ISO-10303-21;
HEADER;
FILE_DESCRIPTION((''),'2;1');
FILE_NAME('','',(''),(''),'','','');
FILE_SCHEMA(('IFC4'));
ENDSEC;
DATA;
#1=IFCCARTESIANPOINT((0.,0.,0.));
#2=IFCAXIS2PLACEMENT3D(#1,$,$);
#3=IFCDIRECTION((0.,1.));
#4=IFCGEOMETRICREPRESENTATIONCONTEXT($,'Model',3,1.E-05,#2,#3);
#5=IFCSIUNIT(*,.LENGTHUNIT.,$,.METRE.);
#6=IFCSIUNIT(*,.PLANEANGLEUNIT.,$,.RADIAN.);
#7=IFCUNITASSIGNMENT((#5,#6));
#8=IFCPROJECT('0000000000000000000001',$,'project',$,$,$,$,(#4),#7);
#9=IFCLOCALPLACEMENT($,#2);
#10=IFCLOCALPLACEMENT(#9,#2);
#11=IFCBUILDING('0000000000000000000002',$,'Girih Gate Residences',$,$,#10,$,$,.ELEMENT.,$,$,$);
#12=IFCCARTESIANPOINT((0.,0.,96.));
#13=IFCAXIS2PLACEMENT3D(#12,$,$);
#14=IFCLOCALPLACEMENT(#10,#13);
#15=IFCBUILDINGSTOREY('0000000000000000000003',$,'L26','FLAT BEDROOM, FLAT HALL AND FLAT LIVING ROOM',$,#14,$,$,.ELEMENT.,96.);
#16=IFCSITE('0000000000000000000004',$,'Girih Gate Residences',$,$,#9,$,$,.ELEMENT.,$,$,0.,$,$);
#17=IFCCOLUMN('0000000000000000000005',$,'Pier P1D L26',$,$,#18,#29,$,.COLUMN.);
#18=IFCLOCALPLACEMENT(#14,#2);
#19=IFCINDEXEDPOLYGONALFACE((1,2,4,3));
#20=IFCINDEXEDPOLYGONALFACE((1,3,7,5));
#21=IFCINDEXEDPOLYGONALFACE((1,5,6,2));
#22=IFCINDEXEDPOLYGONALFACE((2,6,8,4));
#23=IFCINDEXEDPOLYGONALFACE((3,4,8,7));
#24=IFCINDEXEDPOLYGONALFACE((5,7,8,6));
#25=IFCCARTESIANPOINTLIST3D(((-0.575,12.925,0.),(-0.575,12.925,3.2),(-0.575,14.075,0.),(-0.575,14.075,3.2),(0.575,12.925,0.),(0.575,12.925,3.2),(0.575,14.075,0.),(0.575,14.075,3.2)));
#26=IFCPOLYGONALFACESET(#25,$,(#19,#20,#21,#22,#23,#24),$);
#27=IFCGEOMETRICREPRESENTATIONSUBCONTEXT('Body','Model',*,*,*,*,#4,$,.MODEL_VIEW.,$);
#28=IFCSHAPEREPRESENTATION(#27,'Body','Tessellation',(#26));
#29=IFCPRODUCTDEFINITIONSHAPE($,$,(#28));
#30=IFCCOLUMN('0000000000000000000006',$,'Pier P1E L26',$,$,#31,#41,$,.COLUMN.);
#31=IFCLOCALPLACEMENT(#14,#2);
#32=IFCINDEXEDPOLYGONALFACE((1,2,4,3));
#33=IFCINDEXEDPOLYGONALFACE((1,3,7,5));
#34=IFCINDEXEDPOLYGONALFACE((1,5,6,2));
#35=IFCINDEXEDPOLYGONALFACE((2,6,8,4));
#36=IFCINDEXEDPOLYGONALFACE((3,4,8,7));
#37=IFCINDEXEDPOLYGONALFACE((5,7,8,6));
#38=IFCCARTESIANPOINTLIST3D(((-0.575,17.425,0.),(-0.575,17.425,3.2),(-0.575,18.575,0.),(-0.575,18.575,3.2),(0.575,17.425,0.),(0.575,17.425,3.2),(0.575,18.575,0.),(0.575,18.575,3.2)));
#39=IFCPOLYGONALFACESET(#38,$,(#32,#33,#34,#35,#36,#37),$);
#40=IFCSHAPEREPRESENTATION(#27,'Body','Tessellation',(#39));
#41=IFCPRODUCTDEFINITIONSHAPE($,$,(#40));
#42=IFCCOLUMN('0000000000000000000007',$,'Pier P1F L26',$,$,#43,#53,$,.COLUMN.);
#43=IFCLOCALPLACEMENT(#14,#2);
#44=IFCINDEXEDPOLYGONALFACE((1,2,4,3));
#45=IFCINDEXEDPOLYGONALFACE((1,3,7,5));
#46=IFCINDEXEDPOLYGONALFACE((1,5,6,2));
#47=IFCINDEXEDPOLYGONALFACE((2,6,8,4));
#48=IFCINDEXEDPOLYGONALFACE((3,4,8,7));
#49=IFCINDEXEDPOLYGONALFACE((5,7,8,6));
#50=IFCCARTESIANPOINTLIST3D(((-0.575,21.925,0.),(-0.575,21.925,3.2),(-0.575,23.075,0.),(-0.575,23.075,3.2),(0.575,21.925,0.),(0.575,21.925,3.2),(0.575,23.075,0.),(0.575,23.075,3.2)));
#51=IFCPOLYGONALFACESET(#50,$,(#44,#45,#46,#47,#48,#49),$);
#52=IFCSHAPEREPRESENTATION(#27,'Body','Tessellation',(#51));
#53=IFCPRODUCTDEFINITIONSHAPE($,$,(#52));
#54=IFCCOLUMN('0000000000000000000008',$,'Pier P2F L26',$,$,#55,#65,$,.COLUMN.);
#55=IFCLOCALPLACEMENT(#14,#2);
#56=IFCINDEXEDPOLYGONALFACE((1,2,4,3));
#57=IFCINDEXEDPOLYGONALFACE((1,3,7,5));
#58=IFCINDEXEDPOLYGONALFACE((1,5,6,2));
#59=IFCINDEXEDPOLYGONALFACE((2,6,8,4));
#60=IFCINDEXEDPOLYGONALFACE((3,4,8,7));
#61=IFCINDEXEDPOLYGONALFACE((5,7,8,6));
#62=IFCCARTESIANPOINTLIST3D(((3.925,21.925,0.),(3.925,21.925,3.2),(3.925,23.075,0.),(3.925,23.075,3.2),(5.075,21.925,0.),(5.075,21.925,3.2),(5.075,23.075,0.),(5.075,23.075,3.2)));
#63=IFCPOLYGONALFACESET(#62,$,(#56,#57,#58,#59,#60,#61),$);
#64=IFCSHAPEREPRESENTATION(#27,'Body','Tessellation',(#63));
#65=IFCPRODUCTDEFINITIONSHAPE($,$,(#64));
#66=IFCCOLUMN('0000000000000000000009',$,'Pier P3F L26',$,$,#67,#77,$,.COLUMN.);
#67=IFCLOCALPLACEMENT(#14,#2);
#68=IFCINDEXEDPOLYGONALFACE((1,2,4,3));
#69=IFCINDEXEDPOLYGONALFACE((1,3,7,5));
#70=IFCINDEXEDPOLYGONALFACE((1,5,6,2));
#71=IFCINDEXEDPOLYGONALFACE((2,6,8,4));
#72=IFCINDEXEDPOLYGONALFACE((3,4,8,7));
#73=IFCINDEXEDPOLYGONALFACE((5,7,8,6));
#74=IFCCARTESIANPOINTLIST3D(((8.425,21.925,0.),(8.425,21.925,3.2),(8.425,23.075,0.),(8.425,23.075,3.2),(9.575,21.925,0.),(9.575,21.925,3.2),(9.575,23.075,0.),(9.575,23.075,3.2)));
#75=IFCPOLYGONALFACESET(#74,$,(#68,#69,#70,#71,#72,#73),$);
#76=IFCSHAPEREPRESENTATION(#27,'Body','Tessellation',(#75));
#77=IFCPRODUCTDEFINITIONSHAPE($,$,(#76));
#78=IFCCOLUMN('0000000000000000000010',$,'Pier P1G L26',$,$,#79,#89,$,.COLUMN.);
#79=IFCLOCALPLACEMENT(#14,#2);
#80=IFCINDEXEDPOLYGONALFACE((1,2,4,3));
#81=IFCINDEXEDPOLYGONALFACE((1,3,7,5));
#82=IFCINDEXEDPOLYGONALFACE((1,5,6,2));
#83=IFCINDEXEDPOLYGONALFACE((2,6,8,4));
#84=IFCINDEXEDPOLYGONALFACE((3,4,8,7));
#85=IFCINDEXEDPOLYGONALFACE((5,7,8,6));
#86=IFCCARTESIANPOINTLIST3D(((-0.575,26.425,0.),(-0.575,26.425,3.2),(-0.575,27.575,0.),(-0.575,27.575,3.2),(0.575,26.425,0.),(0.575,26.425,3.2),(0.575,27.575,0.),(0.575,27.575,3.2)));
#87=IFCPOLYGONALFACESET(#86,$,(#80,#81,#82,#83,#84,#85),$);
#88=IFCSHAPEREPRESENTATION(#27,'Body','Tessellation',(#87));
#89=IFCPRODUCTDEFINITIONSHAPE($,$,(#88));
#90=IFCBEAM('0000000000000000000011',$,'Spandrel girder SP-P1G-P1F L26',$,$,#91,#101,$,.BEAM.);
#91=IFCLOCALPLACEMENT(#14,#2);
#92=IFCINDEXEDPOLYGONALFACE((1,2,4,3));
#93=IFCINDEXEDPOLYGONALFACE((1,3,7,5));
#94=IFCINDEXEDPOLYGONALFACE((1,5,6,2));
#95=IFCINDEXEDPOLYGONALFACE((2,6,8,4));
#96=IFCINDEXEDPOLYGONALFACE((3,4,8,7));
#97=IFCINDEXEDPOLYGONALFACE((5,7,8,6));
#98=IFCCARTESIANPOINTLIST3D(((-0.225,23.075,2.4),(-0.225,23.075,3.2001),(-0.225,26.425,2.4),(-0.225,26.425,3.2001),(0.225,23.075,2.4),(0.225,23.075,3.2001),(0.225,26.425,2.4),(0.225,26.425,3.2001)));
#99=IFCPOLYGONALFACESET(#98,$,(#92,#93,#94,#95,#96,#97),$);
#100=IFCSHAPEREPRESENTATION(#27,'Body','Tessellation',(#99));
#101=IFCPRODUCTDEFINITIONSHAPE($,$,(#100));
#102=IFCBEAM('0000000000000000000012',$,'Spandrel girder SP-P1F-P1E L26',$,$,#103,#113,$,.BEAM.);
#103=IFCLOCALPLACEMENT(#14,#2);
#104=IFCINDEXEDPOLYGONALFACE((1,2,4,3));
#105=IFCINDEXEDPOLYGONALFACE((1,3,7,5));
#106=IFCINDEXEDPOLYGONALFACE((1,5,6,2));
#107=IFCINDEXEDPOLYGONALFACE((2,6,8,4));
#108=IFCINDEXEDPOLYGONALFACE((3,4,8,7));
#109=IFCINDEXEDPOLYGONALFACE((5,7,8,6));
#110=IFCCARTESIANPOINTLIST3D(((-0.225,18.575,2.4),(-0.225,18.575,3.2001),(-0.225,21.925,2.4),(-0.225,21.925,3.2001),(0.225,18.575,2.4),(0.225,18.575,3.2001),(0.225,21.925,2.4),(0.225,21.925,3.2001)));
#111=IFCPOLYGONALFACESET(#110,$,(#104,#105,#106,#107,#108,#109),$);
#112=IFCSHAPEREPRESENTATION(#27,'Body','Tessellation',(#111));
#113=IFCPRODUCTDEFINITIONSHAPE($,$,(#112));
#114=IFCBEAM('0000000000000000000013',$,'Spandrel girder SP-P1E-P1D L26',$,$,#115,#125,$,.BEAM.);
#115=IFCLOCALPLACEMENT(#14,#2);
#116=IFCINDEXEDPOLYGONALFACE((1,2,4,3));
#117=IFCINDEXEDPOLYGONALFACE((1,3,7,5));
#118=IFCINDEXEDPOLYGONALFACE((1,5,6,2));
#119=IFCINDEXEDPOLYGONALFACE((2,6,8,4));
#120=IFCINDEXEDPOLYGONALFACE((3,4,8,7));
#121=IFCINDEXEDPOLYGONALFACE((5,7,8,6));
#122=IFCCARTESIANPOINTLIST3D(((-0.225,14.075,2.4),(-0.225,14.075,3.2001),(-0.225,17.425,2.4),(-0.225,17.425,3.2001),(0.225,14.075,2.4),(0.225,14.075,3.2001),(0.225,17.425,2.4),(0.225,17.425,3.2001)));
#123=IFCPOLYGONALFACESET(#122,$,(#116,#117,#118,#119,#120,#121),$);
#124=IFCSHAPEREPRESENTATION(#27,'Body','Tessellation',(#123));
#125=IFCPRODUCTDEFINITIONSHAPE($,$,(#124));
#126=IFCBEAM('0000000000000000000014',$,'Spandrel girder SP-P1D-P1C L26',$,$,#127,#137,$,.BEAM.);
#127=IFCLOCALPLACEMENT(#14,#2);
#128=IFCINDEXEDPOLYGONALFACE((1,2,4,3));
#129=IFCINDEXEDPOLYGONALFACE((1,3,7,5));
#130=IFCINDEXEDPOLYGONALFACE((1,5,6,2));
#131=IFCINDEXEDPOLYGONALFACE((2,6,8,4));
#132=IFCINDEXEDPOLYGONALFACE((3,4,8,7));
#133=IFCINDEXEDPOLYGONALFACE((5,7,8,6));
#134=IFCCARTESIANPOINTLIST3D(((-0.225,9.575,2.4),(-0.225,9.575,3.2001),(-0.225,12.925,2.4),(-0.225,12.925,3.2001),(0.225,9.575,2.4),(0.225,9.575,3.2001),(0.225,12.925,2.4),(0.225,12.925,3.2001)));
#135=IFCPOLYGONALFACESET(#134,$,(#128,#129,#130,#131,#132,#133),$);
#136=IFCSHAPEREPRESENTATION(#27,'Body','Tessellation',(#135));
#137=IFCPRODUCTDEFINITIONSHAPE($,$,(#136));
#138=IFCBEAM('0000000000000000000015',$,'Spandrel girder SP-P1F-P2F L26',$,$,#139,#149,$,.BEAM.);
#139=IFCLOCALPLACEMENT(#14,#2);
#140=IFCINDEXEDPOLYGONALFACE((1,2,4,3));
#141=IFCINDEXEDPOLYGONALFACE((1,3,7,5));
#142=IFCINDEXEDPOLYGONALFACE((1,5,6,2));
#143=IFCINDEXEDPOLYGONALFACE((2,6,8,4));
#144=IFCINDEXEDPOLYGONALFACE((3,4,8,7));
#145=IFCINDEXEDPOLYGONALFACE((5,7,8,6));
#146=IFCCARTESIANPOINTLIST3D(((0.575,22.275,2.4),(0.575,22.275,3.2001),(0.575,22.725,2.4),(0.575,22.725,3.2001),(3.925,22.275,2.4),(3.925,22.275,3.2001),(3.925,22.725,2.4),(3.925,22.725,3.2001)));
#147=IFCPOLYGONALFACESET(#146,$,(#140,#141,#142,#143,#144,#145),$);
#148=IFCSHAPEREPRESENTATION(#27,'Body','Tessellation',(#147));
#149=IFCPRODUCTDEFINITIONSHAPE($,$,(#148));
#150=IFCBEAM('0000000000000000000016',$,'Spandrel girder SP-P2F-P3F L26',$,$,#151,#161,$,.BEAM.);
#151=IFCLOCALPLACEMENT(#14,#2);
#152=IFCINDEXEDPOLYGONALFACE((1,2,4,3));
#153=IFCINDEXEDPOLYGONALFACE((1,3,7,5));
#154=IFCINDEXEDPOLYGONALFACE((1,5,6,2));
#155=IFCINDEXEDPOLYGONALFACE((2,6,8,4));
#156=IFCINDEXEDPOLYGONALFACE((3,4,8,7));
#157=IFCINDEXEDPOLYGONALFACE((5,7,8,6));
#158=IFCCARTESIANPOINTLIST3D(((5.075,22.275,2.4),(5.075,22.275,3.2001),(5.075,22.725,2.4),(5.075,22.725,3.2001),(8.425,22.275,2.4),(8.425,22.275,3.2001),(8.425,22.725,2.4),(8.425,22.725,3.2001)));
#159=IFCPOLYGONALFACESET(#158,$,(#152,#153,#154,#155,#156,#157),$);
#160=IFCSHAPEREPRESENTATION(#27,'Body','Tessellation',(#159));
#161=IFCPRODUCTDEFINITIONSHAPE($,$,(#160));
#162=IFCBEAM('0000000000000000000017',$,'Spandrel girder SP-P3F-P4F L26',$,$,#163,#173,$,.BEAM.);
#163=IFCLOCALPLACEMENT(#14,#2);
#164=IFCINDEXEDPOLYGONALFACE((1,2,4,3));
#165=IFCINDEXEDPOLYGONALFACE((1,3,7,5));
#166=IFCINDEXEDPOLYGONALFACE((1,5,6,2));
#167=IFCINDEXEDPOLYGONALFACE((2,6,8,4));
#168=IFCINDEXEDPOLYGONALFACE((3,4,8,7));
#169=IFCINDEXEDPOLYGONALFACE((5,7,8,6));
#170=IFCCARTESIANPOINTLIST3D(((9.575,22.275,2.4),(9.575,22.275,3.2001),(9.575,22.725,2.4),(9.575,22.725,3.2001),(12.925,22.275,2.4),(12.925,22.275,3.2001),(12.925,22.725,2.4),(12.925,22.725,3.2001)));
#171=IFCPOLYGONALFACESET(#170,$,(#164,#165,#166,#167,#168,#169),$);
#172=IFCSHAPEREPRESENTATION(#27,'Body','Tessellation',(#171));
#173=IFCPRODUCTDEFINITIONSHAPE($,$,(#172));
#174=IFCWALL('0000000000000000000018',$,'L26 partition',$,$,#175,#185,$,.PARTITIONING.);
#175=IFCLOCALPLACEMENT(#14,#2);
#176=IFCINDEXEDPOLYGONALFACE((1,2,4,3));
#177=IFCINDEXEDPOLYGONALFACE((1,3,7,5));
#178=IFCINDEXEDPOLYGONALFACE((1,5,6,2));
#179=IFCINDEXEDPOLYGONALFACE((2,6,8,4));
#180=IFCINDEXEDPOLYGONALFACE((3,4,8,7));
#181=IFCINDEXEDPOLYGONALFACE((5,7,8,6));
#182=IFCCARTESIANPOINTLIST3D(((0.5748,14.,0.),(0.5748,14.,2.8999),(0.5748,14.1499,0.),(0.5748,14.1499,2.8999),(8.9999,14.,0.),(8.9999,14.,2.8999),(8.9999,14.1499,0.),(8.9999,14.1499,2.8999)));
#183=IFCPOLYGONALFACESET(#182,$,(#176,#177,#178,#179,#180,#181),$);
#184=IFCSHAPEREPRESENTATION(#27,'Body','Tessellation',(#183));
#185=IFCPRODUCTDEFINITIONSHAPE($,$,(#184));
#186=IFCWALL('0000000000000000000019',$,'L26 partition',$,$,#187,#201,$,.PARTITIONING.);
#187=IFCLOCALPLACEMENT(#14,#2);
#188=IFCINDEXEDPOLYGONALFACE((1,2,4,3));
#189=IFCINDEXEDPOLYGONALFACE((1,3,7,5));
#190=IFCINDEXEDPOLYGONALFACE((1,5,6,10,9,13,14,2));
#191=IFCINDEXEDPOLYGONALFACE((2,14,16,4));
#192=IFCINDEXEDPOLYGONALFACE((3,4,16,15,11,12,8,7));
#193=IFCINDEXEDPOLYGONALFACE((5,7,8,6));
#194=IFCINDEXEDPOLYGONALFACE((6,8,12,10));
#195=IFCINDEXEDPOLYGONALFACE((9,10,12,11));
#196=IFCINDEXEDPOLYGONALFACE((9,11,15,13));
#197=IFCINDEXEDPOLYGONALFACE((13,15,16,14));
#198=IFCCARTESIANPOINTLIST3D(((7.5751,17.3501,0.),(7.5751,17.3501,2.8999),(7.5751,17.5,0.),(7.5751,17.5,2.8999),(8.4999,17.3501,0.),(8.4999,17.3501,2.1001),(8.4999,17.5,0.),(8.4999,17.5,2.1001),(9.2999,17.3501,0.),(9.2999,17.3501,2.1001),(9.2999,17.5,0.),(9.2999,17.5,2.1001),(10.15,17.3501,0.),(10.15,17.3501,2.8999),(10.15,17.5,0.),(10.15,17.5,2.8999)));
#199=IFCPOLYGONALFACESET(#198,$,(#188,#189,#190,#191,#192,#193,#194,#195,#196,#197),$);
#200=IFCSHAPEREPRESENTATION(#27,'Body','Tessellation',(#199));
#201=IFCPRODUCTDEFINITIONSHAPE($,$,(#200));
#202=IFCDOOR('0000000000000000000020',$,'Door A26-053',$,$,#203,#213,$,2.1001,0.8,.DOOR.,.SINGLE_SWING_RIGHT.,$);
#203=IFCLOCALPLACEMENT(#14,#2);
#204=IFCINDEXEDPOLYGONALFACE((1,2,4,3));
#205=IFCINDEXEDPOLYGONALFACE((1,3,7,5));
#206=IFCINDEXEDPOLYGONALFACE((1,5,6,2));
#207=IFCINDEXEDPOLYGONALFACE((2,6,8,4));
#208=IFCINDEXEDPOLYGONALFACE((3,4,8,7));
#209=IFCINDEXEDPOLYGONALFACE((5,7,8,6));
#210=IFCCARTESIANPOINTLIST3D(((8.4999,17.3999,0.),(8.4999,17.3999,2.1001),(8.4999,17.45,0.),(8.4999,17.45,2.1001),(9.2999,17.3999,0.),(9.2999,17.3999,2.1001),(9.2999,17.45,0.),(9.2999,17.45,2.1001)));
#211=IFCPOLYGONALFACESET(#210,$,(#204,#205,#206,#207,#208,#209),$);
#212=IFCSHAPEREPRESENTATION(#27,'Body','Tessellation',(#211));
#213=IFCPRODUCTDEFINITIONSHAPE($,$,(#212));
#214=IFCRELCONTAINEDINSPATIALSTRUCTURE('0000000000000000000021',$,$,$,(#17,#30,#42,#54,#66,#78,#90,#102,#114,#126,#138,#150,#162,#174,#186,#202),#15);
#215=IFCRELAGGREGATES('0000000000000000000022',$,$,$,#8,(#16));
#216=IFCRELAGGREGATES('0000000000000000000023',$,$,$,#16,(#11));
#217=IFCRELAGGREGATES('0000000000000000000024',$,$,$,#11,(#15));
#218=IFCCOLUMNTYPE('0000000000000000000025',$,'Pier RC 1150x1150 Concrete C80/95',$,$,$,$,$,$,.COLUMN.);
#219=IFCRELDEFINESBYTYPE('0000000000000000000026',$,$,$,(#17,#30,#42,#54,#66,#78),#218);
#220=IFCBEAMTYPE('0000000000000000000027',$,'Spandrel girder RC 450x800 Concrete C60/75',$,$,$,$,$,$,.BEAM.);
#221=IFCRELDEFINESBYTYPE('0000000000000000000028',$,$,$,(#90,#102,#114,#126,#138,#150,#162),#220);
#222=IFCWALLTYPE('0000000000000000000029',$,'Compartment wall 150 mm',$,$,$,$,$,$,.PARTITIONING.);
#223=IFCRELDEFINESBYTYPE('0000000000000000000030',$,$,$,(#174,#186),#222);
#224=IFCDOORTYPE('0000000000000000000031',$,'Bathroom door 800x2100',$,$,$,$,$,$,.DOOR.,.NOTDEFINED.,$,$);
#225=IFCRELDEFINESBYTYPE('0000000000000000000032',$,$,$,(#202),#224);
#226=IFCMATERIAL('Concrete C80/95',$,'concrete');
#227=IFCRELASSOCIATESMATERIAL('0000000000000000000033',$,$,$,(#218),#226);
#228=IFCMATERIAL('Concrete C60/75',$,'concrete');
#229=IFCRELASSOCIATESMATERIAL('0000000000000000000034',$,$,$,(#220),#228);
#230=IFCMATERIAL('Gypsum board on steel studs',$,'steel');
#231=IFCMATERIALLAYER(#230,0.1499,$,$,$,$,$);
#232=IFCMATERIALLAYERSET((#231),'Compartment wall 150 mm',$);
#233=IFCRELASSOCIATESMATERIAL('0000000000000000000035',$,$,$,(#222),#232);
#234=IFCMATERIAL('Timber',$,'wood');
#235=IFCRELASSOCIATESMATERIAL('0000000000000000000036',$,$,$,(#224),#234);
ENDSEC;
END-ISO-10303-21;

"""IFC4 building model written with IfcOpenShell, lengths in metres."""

from ifc_helpers import new_model, si_unit, direction, frame, frame_2d, origin, origin_2d, place, context, subcontext, project, spatial, rectangle, extrude, material, layer, layer_set, material_profile, profile_set, type_object, element, fill, save


model = new_model("IFC4")

# Units and contexts
model_context = context("Model", 3, precision=1e-05, world=origin(), true_north=direction((0.0, 1.0)))
body_context = subcontext(model_context, "Body", "Model", "MODEL_VIEW")
ifc_project = project(units=[si_unit("LENGTHUNIT", "METRE"), si_unit("PLANEANGLEUNIT", "RADIAN")], contexts=[model_context])

# Site, building, storey
site_placement = place(None, origin())
site = spatial("IfcSite", under=ifc_project, at=site_placement, Name="Girih Gate Residences", CompositionType="ELEMENT", RefElevation=0.0)
building_placement = place(site_placement, origin())
building = spatial("IfcBuilding", under=site, at=building_placement, Name="Girih Gate Residences", CompositionType="ELEMENT")
storey_placement = place(building_placement, frame((0.0, 0.0, 96.0)))
storey = spatial("IfcBuildingStorey", under=building, at=storey_placement, Name="L26", Description="FLAT BEDROOM, FLAT HALL AND FLAT LIVING ROOM", CompositionType="ELEMENT", Elevation=96.0)

# Columns
ifc_material_1 = material(Name="Concrete C80/95", Category="concrete")
ifc_material_profile_1 = material_profile(ifc_material_1, rectangle(XDim=1.1499, YDim=1.1499, at=origin_2d()))
ifc_profile_set_1 = profile_set([ifc_material_profile_1], Name="Concrete C80/95")
column_type = type_object("IfcColumnType", Name="Pier RC 1150x1150 Concrete C80/95", PredefinedType="COLUMN", material=ifc_profile_set_1)
for number, where, z_axis, x_axis, name in (
    (1, (0.0, 13.5, 0.0), (0.0, 0.0, 1.0), (1.0, 0.0, 0.0), "Pier P1D L26"),
    (2, (0.0, 18.0, 0.0), (0.0, 0.0, 1.0), (1.0, 0.0, 0.0), "Pier P1E L26"),
    (3, (0.0, 22.5, 0.0), (0.0, 0.0, 1.0), (1.0, 0.0, 0.0), "Pier P1F L26"),
    (4, (4.5, 22.5, 0.0), (0.0, 0.0, 1.0), (1.0, 0.0, 0.0), "Pier P2F L26"),
    (5, (9.0, 22.5, 0.0), (0.0, 0.0, 1.0), (1.0, 0.0, 0.0), "Pier P3F L26"),
    (6, (0.0, 27.0, 0.0), (0.0, 0.0, 1.0), (1.0, 0.0, 0.0), "Pier P1G L26"),
):
    element("IfcColumn", number, at=place(storey_placement, frame(where, z_axis=z_axis, x_axis=x_axis)), inside=storey, type_object=column_type, Name=name, PredefinedType="COLUMN", context=body_context, shape_type="SweptSolid", body=[
        extrude(rectangle(XDim=1.1499, YDim=1.1499, at=origin_2d()), origin(), (0.0, 0.0, 1.0), 3.2),
    ])

# Beams
ifc_material_2 = material(Name="Concrete C60/75", Category="concrete")
ifc_material_profile_2 = material_profile(ifc_material_2, rectangle(XDim=0.45, YDim=0.8, at=origin_2d()))
ifc_profile_set_2 = profile_set([ifc_material_profile_2], Name="Concrete C60/75")
beam_type = type_object("IfcBeamType", Name="Spandrel girder RC 450x800 Concrete C60/75", PredefinedType="BEAM", material=ifc_profile_set_2)
for number, where, z_axis, x_axis, name in (
    (7, (0.0, 26.425, 2.8), (0.0, -1.0, 0.0), (1.0, 0.0, 0.0), "Spandrel girder SP-P1G-P1F L26"),
    (8, (0.0, 21.925, 2.8), (0.0, -1.0, 0.0), (1.0, 0.0, 0.0), "Spandrel girder SP-P1F-P1E L26"),
    (9, (0.0, 17.425, 2.8), (0.0, -1.0, 0.0), (1.0, 0.0, 0.0), "Spandrel girder SP-P1E-P1D L26"),
    (10, (0.0, 12.925, 2.8), (0.0, -1.0, 0.0), (1.0, 0.0, 0.0), "Spandrel girder SP-P1D-P1C L26"),
    (11, (0.575, 22.5, 2.8), (1.0, 0.0, 0.0), (0.0, 1.0, 0.0), "Spandrel girder SP-P1F-P2F L26"),
    (12, (5.075, 22.5, 2.8), (1.0, 0.0, 0.0), (0.0, 1.0, 0.0), "Spandrel girder SP-P2F-P3F L26"),
    (13, (9.575, 22.5, 2.8), (1.0, 0.0, 0.0), (0.0, 1.0, 0.0), "Spandrel girder SP-P3F-P4F L26"),
):
    element("IfcBeam", number, at=place(storey_placement, frame(where, z_axis=z_axis, x_axis=x_axis)), inside=storey, type_object=beam_type, Name=name, PredefinedType="BEAM", context=body_context, shape_type="SweptSolid", body=[
        extrude(rectangle(XDim=0.45, YDim=0.8, at=origin_2d()), origin(), (0.0, 0.0, 1.0), 3.3501),
    ])

# Wall
ifc_material_3 = material(Name="Gypsum board on steel studs", Category="steel")
ifc_layer_1 = layer(ifc_material_3, 0.1499)
ifc_layer_set_1 = layer_set([ifc_layer_1], Name="Compartment wall 150 mm")
wall_type_1 = type_object("IfcWallType", Name="Compartment wall 150 mm", PredefinedType="PARTITIONING", material=ifc_layer_set_1)
wall_1_placement = place(storey_placement, frame((0.575, 14.075, 0.0), z_axis=(0.0, 0.0, 1.0), x_axis=(1.0, 0.0, 0.0)))
element("IfcWall", 14, at=wall_1_placement, inside=storey, type_object=wall_type_1, Name="L26 partition", PredefinedType="PARTITIONING", context=body_context, shape_type="SweptSolid", body=[
    extrude(rectangle(XDim=8.425, YDim=0.1499, at=frame_2d((4.2124, 0.0))), origin(), (0.0, 0.0, 1.0), 2.8999),
])

# Wall, opening, door
wall_2_placement = place(storey_placement, frame((7.575, 17.425, 0.0), z_axis=(0.0, 0.0, 1.0), x_axis=(1.0, 0.0, 0.0)))
wall_2 = element("IfcWall", 15, at=wall_2_placement, inside=storey, type_object=wall_type_1, Name="L26 partition", PredefinedType="PARTITIONING", context=body_context, shape_type="SweptSolid", body=[
    extrude(rectangle(XDim=2.575, YDim=0.1499, at=frame_2d((1.2876, 0.0))), origin(), (0.0, 0.0, 1.0), 2.8999),
])
opening_1_placement = place(wall_2_placement, frame((0.925, 0.0, 0.0)))
opening_1 = element("IfcOpeningElement", 16, at=opening_1_placement, cuts=wall_2, PredefinedType="OPENING", context=body_context, shape_type="SweptSolid", body=[
    extrude(rectangle(XDim=0.8, YDim=2.1001, at=frame_2d((0.3999, 1.05))), frame((0.0, 0.085, 0.0), z_axis=(0.0, -1.0, 0.0), x_axis=(1.0, 0.0, 0.0)), (0.0, 0.0, 1.0), 0.1699),
])
ifc_material_4 = material(Name="Timber", Category="wood")
door_type_1 = type_object("IfcDoorType", Name="Bathroom door 800x2100", OperationType="NOTDEFINED", PredefinedType="DOOR", material=ifc_material_4)
door_1_placement = place(opening_1_placement, origin())
door_1 = element("IfcDoor", 17, at=door_1_placement, inside=storey, type_object=door_type_1, Name="Door A26-053", OperationType="SINGLE_SWING_RIGHT", OverallHeight=2.1001, OverallWidth=0.8, PredefinedType="DOOR", context=body_context, shape_type="SweptSolid", body=[
    extrude(rectangle(XDim=0.8, YDim=2.1001, at=frame_2d((0.3999, 1.05))), frame((0.0, 0.0249, 0.0), z_axis=(0.0, -1.0, 0.0), x_axis=(1.0, 0.0, 0.0)), (0.0, 0.0, 1.0), 0.05),
])
fill(opening_1, door_1)

save(model, "model.ifc")
